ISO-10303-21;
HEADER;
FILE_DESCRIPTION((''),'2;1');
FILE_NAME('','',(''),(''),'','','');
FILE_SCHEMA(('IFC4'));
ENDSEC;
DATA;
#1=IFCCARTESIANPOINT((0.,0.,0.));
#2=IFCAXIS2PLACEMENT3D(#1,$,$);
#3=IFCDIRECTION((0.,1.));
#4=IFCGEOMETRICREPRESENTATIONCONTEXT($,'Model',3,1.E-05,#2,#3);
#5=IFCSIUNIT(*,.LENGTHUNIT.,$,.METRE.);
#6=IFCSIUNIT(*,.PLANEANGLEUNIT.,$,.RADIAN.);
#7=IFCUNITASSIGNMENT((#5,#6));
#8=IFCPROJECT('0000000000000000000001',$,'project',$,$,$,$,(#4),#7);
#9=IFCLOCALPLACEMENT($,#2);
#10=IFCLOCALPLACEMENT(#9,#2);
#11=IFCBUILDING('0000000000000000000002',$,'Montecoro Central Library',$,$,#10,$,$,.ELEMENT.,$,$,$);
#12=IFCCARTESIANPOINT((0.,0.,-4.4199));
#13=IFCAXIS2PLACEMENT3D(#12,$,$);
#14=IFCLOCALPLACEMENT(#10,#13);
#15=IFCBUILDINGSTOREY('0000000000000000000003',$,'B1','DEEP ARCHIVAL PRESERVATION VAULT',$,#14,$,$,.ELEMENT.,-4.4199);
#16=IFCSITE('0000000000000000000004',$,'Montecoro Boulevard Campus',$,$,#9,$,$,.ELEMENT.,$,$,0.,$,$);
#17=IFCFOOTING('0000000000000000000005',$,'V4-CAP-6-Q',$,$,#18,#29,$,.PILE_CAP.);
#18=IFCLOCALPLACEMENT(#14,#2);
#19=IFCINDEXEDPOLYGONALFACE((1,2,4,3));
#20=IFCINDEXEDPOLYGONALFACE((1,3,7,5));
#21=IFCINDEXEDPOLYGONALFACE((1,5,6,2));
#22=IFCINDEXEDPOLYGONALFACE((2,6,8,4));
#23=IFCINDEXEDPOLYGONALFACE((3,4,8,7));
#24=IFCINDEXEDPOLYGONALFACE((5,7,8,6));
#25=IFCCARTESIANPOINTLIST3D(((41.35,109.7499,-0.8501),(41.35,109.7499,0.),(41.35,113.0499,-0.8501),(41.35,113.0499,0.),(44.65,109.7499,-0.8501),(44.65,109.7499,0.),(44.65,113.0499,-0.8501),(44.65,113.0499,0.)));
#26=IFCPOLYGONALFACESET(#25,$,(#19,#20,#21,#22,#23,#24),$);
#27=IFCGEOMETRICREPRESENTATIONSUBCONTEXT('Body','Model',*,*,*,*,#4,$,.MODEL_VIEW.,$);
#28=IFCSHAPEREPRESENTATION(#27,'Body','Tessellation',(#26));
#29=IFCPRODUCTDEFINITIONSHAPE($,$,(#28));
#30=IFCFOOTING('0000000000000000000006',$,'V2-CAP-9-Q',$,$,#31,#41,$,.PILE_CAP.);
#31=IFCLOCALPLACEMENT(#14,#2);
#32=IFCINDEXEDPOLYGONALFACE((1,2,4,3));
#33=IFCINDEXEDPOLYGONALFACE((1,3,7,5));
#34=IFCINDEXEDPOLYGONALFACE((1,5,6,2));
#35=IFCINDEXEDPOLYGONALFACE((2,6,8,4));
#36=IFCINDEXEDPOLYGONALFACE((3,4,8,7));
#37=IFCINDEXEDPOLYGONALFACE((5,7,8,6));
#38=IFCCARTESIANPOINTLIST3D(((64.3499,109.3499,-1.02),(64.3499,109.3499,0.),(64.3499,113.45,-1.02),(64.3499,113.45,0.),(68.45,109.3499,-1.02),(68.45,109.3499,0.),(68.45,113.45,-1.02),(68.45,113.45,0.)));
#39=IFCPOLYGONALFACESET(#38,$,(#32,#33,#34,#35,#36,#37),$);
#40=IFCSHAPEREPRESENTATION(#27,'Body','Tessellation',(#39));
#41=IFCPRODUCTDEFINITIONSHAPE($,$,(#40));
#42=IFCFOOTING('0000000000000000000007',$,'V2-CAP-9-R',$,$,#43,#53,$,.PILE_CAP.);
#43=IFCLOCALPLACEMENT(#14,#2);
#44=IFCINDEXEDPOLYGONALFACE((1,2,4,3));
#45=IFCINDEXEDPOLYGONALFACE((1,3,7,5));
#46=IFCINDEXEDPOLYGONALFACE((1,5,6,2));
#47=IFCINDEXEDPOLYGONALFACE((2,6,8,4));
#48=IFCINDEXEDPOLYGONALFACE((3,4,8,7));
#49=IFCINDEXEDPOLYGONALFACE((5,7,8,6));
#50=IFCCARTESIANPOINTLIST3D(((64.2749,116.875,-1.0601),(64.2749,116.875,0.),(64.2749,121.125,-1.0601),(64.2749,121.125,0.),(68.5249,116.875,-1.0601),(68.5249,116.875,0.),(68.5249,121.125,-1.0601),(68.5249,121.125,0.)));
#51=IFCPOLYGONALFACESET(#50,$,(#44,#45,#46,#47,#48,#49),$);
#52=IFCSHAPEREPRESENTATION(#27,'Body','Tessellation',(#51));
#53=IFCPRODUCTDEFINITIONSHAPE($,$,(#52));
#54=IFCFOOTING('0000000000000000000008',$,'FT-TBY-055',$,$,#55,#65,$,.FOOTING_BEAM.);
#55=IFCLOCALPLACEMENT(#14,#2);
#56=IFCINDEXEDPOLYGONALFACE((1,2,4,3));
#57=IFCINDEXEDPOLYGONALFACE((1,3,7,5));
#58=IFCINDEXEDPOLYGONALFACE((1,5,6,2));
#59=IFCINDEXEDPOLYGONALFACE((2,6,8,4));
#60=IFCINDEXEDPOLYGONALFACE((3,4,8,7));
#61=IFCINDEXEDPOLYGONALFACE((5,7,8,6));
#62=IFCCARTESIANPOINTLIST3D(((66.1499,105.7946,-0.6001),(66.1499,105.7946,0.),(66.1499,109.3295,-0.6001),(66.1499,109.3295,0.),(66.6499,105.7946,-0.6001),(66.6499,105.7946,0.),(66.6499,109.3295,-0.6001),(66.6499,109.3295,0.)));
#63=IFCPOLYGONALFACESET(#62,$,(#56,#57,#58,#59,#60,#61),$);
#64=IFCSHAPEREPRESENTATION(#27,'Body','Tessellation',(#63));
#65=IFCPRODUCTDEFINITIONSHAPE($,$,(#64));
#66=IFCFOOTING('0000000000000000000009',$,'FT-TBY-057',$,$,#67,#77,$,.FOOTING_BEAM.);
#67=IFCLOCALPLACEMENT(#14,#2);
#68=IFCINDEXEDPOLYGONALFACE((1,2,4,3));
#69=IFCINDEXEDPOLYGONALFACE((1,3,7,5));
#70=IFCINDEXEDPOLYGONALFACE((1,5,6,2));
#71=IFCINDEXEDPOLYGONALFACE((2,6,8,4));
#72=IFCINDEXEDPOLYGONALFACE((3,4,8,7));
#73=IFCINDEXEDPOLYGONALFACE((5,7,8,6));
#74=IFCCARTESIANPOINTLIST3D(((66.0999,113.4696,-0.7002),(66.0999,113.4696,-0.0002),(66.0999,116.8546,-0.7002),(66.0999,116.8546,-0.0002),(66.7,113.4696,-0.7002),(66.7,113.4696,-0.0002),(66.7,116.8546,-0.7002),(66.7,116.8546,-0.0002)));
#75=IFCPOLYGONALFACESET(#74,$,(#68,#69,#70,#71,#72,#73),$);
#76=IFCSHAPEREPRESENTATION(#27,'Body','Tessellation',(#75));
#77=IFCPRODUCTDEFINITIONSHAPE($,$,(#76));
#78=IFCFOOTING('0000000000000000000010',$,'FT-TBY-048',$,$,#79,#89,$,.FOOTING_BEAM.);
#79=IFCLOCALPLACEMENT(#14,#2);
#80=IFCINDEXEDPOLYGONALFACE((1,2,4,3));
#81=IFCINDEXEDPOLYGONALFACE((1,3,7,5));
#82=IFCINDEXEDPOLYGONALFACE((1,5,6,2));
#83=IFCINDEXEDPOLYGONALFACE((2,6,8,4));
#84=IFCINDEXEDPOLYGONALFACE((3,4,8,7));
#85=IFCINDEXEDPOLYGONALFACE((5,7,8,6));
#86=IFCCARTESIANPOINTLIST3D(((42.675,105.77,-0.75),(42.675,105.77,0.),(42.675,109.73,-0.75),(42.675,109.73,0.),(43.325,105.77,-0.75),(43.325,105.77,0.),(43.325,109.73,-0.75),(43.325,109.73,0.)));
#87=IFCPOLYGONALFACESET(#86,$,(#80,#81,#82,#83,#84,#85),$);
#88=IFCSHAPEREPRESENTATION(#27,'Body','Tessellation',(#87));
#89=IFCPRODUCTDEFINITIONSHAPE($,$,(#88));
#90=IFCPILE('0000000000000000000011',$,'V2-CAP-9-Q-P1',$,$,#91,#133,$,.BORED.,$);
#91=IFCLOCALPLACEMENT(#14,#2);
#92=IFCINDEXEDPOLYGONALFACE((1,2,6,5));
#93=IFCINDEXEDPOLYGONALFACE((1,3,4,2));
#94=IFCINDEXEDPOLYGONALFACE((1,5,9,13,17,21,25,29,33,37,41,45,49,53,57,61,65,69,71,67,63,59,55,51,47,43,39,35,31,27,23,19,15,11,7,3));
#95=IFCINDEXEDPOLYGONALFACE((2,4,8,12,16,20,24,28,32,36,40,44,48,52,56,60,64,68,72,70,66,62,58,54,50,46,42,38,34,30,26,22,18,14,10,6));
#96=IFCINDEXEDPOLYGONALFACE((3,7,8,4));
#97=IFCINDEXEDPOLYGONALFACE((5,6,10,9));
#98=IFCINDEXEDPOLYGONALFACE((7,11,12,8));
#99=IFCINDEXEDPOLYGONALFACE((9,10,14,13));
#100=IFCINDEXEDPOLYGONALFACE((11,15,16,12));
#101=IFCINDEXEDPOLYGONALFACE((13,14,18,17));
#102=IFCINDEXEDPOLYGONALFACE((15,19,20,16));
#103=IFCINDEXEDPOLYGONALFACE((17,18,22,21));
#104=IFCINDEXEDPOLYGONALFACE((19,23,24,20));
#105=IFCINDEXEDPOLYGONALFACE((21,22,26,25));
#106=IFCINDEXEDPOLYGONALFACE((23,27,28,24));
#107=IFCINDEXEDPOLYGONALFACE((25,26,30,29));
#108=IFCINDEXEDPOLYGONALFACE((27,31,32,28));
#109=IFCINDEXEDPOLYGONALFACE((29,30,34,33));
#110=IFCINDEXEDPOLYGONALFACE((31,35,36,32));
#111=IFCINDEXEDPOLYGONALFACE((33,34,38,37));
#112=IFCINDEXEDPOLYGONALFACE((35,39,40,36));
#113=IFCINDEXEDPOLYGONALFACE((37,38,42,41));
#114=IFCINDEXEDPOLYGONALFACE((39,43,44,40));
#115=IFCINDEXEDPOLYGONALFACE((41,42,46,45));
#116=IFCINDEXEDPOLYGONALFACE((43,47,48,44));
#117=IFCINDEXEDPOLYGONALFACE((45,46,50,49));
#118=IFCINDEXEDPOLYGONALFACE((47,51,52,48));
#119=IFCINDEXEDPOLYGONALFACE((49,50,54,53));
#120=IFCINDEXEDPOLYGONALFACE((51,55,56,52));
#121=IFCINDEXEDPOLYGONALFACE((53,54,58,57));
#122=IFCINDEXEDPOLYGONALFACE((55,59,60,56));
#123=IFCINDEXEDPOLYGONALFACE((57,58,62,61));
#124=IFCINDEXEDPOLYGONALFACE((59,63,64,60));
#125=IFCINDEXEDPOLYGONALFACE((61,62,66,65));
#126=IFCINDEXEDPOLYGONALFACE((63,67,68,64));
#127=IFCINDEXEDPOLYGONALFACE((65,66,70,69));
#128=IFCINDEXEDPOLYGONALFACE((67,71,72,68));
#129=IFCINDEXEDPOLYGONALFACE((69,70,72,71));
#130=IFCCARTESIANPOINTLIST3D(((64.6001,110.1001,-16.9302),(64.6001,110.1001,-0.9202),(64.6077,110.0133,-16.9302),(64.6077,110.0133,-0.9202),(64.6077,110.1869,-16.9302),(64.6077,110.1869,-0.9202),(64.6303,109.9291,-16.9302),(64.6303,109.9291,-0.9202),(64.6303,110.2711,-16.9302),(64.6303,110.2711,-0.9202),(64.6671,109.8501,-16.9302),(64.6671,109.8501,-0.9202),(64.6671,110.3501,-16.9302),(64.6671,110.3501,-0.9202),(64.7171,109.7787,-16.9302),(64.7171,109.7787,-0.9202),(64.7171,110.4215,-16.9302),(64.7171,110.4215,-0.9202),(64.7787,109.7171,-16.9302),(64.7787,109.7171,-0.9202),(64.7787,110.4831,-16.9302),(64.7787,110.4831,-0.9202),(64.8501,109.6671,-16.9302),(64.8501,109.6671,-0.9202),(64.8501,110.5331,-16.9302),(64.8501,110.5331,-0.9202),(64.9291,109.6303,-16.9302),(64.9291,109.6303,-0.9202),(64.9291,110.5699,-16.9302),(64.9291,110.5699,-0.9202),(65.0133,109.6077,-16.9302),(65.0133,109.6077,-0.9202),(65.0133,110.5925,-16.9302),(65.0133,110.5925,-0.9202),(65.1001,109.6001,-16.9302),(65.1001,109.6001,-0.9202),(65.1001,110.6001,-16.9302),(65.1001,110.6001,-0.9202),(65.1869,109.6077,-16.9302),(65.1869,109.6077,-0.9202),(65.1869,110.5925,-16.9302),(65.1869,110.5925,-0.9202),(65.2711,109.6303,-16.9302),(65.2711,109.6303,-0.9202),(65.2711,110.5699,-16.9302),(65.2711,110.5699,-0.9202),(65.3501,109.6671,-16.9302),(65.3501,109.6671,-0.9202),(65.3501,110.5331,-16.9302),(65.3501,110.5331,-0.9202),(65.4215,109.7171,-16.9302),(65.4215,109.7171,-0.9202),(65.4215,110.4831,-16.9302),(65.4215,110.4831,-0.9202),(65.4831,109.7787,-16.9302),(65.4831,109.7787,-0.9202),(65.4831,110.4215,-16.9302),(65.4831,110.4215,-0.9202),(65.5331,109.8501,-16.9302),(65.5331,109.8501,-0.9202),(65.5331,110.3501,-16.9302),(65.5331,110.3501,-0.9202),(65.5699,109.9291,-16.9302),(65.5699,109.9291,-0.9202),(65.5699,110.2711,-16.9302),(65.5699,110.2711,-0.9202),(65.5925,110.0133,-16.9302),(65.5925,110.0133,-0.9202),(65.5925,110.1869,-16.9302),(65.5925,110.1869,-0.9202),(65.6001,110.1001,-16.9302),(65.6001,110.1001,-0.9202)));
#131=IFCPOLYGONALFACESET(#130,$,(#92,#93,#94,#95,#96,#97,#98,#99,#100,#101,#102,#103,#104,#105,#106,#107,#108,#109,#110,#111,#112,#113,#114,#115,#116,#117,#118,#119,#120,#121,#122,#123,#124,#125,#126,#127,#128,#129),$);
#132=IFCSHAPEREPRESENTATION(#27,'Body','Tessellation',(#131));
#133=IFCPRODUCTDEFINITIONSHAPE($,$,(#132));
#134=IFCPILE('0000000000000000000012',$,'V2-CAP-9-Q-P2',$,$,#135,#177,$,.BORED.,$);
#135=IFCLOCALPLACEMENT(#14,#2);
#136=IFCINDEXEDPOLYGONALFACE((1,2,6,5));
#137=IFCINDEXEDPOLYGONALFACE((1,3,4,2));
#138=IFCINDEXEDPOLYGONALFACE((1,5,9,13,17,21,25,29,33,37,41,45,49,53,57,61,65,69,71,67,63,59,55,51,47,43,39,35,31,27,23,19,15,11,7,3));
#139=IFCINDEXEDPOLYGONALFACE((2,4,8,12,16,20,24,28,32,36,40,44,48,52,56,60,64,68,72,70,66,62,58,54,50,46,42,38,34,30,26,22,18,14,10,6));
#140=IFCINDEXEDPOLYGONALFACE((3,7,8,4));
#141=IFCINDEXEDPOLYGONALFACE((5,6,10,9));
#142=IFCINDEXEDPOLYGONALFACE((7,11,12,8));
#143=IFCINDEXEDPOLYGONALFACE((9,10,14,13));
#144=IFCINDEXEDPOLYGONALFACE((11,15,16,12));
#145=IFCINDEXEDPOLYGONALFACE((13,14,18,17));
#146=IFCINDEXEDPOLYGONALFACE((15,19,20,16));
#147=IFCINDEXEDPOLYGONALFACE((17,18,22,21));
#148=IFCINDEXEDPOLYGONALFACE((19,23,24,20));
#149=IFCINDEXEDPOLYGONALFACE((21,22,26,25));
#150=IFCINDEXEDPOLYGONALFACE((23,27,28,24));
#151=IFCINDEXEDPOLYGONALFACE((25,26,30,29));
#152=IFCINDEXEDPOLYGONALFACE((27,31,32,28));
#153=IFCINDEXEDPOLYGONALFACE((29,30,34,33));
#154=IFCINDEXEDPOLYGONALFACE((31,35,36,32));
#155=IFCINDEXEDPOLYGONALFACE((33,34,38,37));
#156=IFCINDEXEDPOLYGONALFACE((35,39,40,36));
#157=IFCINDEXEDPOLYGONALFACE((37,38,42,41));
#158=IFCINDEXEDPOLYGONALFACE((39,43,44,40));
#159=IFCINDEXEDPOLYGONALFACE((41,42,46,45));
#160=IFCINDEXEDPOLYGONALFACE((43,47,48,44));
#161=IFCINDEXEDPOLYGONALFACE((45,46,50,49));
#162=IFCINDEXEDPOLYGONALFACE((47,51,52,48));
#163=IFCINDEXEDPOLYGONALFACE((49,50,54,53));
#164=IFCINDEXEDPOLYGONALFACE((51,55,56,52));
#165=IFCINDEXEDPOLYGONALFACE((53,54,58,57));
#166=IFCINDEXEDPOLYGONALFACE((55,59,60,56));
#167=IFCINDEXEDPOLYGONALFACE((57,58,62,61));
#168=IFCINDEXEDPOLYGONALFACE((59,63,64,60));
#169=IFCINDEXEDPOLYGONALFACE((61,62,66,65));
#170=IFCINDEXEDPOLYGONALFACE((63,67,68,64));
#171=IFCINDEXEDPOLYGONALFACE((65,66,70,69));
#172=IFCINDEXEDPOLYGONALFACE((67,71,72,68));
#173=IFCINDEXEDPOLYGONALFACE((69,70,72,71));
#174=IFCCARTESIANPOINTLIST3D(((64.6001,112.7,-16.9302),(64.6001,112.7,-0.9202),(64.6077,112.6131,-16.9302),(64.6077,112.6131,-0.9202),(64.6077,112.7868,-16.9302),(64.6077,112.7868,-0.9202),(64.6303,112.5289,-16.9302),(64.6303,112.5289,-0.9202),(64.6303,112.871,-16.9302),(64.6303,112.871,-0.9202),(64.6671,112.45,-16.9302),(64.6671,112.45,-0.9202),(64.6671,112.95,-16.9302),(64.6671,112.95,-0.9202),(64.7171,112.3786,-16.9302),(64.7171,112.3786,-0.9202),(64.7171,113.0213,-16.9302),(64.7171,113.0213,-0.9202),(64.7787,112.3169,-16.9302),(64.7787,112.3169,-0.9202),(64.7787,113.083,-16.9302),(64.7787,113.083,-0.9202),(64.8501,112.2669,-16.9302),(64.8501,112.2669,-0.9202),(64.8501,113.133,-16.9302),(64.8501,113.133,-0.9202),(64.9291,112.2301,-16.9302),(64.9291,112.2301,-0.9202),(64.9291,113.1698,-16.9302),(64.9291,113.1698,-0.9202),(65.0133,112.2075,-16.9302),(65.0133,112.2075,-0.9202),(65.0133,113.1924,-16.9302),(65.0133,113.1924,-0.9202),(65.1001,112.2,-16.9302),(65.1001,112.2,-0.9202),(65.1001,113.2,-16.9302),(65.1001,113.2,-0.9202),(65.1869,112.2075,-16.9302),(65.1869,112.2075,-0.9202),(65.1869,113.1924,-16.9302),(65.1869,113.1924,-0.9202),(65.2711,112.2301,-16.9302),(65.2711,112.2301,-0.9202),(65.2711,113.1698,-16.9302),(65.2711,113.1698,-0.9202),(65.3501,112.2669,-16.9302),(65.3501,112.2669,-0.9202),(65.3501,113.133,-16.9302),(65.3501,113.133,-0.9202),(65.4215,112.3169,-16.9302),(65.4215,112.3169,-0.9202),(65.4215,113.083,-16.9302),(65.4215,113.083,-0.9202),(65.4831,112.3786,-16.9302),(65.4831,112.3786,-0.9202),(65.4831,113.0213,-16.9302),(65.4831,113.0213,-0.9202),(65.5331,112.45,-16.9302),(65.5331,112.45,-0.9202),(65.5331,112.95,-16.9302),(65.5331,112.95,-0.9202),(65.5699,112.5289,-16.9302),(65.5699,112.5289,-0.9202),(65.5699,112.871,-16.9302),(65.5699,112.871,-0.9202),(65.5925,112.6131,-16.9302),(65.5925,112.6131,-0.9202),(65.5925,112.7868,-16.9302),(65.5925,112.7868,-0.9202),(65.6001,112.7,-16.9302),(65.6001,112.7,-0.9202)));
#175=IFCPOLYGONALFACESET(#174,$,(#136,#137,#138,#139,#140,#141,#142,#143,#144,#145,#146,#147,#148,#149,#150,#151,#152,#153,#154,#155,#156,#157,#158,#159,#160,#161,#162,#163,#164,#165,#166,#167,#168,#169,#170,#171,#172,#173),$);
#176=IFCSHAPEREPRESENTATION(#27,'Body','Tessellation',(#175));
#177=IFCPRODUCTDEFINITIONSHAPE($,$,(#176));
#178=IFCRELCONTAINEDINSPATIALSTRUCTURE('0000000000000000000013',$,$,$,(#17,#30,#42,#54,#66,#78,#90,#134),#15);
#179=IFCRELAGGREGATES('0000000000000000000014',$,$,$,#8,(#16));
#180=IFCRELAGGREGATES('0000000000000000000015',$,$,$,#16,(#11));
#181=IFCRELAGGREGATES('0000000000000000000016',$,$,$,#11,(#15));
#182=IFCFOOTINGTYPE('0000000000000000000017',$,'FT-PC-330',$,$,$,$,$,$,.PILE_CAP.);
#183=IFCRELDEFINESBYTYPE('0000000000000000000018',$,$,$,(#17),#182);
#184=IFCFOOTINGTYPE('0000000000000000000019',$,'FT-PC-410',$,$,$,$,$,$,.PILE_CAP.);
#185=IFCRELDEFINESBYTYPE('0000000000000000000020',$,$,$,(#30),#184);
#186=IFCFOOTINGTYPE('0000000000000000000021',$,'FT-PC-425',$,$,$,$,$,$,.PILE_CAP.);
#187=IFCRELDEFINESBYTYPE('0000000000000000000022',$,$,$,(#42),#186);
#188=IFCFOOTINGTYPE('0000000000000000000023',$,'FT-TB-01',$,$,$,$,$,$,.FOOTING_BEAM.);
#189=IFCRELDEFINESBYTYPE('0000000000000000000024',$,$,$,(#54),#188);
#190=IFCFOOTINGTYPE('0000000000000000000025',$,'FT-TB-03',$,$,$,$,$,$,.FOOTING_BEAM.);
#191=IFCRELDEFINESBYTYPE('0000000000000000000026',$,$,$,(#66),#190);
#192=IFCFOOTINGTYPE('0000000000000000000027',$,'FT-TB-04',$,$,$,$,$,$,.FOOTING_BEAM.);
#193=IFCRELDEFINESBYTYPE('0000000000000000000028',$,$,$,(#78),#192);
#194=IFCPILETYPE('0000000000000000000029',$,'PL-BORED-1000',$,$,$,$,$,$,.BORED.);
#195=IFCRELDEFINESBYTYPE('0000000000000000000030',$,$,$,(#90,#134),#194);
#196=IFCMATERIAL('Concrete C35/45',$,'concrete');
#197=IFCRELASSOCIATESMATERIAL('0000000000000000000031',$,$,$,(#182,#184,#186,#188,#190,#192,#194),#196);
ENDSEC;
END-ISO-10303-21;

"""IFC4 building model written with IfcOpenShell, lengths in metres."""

from ifc_helpers import new_model, si_unit, direction, frame, origin, origin_2d, place, context, subcontext, project, spatial, rectangle, circle, extrude, material, material_profile, profile_set, type_object, element, save


model = new_model("IFC4")

# Units and contexts
model_context = context("Model", 3, precision=1e-05, world=origin(), true_north=direction((0.0, 1.0)))
body_context = subcontext(model_context, "Body", "Model", "MODEL_VIEW")
ifc_project = project(units=[si_unit("LENGTHUNIT", "METRE"), si_unit("PLANEANGLEUNIT", "RADIAN")], contexts=[model_context])

# Site, building, storey
site_placement = place(None, origin())
site = spatial("IfcSite", under=ifc_project, at=site_placement, Name="Montecoro Boulevard Campus", CompositionType="ELEMENT", RefElevation=0.0)
building_placement = place(site_placement, origin())
building = spatial("IfcBuilding", under=site, at=building_placement, Name="Montecoro Central Library", CompositionType="ELEMENT")
storey_placement = place(building_placement, frame((0.0, 0.0, -4.4199)))
storey = spatial("IfcBuildingStorey", under=building, at=storey_placement, Name="B1", Description="DEEP ARCHIVAL PRESERVATION VAULT", CompositionType="ELEMENT", Elevation=-4.4199)

# Footings
ifc_material_1 = material(Name="Concrete C35/45", Category="concrete")
footing_type_1 = type_object("IfcFootingType", Name="FT-PC-330", PredefinedType="PILE_CAP", material=ifc_material_1)
footing_1_placement = place(storey_placement, frame((43.0, 111.3999, -0.8501), z_axis=(0.0, 0.0, 1.0), x_axis=(1.0, 0.0, 0.0)))
element("IfcFooting", 1, at=footing_1_placement, inside=storey, type_object=footing_type_1, Name="V4-CAP-6-Q", PredefinedType="PILE_CAP", context=body_context, shape_type="SweptSolid", body=[
    extrude(rectangle(XDim=3.3, YDim=3.3, at=origin_2d()), origin(), (0.0, 0.0, 1.0), 0.8501),
])
footing_type_2 = type_object("IfcFootingType", Name="FT-PC-410", PredefinedType="PILE_CAP", material=ifc_material_1)
footing_2_placement = place(storey_placement, frame((66.3999, 111.3999, -1.02), z_axis=(0.0, 0.0, 1.0), x_axis=(1.0, 0.0, 0.0)))
element("IfcFooting", 2, at=footing_2_placement, inside=storey, type_object=footing_type_2, Name="V2-CAP-9-Q", PredefinedType="PILE_CAP", context=body_context, shape_type="SweptSolid", body=[
    extrude(rectangle(XDim=4.1001, YDim=4.1001, at=origin_2d()), origin(), (0.0, 0.0, 1.0), 1.02),
])
footing_type_3 = type_object("IfcFootingType", Name="FT-PC-425", PredefinedType="PILE_CAP", material=ifc_material_1)
footing_3_placement = place(storey_placement, frame((66.3999, 119.0, -1.0601), z_axis=(0.0, 0.0, 1.0), x_axis=(1.0, 0.0, 0.0)))
element("IfcFooting", 3, at=footing_3_placement, inside=storey, type_object=footing_type_3, Name="V2-CAP-9-R", PredefinedType="PILE_CAP", context=body_context, shape_type="SweptSolid", body=[
    extrude(rectangle(XDim=4.25, YDim=4.25, at=origin_2d()), origin(), (0.0, 0.0, 1.0), 1.0601),
])
footing_type_4 = type_object("IfcFootingType", Name="FT-TB-01", PredefinedType="FOOTING_BEAM", material=ifc_material_1)
footing_4_placement = place(storey_placement, frame((66.3999, 107.562, -0.6001), z_axis=(0.0, 0.0, 1.0), x_axis=(1.0, 0.0, 0.0)))
element("IfcFooting", 4, at=footing_4_placement, inside=storey, type_object=footing_type_4, Name="FT-TBY-055", PredefinedType="FOOTING_BEAM", context=body_context, shape_type="SweptSolid", body=[
    extrude(rectangle(XDim=0.5, YDim=3.5349, at=origin_2d()), origin(), (0.0, 0.0, 1.0), 0.6001),
])
footing_type_5 = type_object("IfcFootingType", Name="FT-TB-03", PredefinedType="FOOTING_BEAM", material=ifc_material_1)
footing_5_placement = place(storey_placement, frame((66.3999, 115.1621, -0.7002), z_axis=(0.0, 0.0, 1.0), x_axis=(1.0, 0.0, 0.0)))
element("IfcFooting", 5, at=footing_5_placement, inside=storey, type_object=footing_type_5, Name="FT-TBY-057", PredefinedType="FOOTING_BEAM", context=body_context, shape_type="SweptSolid", body=[
    extrude(rectangle(XDim=0.6001, YDim=3.385, at=origin_2d()), origin(), (0.0, 0.0, 1.0), 0.7),
])
footing_type_6 = type_object("IfcFootingType", Name="FT-TB-04", PredefinedType="FOOTING_BEAM", material=ifc_material_1)
footing_6_placement = place(storey_placement, frame((43.0, 107.75, -0.75), z_axis=(0.0, 0.0, 1.0), x_axis=(1.0, 0.0, 0.0)))
element("IfcFooting", 6, at=footing_6_placement, inside=storey, type_object=footing_type_6, Name="FT-TBY-048", PredefinedType="FOOTING_BEAM", context=body_context, shape_type="SweptSolid", body=[
    extrude(rectangle(XDim=0.6499, YDim=3.96, at=origin_2d()), origin(), (0.0, 0.0, 1.0), 0.75),
])

# Piles
ifc_material_profile_1 = material_profile(ifc_material_1, circle(Radius=0.5, at=origin_2d()), Name="PILE D1000")
ifc_profile_set_1 = profile_set([ifc_material_profile_1], Name="Concrete C35/45")
pile_type_1 = type_object("IfcPileType", Name="PL-BORED-1000", PredefinedType="BORED", material=ifc_profile_set_1)
for number, where, z_axis, x_axis, name in (
    (7, (65.1001, 110.1001, -0.9202), (0.0, 0.0, -1.0), (1.0, 0.0, 0.0), "V2-CAP-9-Q-P1"),
    (8, (65.1001, 112.7, -0.9202), (0.0, 0.0, -1.0), (1.0, 0.0, 0.0), "V2-CAP-9-Q-P2"),
):
    element("IfcPile", number, at=place(storey_placement, frame(where, z_axis=z_axis, x_axis=x_axis)), inside=storey, type_object=pile_type_1, Name=name, PredefinedType="BORED", context=body_context, shape_type="SweptSolid", body=[
        extrude(circle(Radius=0.5, at=origin_2d()), origin(), (0.0, 0.0, 1.0), 16.01),
    ])

save(model, "model.ifc")
